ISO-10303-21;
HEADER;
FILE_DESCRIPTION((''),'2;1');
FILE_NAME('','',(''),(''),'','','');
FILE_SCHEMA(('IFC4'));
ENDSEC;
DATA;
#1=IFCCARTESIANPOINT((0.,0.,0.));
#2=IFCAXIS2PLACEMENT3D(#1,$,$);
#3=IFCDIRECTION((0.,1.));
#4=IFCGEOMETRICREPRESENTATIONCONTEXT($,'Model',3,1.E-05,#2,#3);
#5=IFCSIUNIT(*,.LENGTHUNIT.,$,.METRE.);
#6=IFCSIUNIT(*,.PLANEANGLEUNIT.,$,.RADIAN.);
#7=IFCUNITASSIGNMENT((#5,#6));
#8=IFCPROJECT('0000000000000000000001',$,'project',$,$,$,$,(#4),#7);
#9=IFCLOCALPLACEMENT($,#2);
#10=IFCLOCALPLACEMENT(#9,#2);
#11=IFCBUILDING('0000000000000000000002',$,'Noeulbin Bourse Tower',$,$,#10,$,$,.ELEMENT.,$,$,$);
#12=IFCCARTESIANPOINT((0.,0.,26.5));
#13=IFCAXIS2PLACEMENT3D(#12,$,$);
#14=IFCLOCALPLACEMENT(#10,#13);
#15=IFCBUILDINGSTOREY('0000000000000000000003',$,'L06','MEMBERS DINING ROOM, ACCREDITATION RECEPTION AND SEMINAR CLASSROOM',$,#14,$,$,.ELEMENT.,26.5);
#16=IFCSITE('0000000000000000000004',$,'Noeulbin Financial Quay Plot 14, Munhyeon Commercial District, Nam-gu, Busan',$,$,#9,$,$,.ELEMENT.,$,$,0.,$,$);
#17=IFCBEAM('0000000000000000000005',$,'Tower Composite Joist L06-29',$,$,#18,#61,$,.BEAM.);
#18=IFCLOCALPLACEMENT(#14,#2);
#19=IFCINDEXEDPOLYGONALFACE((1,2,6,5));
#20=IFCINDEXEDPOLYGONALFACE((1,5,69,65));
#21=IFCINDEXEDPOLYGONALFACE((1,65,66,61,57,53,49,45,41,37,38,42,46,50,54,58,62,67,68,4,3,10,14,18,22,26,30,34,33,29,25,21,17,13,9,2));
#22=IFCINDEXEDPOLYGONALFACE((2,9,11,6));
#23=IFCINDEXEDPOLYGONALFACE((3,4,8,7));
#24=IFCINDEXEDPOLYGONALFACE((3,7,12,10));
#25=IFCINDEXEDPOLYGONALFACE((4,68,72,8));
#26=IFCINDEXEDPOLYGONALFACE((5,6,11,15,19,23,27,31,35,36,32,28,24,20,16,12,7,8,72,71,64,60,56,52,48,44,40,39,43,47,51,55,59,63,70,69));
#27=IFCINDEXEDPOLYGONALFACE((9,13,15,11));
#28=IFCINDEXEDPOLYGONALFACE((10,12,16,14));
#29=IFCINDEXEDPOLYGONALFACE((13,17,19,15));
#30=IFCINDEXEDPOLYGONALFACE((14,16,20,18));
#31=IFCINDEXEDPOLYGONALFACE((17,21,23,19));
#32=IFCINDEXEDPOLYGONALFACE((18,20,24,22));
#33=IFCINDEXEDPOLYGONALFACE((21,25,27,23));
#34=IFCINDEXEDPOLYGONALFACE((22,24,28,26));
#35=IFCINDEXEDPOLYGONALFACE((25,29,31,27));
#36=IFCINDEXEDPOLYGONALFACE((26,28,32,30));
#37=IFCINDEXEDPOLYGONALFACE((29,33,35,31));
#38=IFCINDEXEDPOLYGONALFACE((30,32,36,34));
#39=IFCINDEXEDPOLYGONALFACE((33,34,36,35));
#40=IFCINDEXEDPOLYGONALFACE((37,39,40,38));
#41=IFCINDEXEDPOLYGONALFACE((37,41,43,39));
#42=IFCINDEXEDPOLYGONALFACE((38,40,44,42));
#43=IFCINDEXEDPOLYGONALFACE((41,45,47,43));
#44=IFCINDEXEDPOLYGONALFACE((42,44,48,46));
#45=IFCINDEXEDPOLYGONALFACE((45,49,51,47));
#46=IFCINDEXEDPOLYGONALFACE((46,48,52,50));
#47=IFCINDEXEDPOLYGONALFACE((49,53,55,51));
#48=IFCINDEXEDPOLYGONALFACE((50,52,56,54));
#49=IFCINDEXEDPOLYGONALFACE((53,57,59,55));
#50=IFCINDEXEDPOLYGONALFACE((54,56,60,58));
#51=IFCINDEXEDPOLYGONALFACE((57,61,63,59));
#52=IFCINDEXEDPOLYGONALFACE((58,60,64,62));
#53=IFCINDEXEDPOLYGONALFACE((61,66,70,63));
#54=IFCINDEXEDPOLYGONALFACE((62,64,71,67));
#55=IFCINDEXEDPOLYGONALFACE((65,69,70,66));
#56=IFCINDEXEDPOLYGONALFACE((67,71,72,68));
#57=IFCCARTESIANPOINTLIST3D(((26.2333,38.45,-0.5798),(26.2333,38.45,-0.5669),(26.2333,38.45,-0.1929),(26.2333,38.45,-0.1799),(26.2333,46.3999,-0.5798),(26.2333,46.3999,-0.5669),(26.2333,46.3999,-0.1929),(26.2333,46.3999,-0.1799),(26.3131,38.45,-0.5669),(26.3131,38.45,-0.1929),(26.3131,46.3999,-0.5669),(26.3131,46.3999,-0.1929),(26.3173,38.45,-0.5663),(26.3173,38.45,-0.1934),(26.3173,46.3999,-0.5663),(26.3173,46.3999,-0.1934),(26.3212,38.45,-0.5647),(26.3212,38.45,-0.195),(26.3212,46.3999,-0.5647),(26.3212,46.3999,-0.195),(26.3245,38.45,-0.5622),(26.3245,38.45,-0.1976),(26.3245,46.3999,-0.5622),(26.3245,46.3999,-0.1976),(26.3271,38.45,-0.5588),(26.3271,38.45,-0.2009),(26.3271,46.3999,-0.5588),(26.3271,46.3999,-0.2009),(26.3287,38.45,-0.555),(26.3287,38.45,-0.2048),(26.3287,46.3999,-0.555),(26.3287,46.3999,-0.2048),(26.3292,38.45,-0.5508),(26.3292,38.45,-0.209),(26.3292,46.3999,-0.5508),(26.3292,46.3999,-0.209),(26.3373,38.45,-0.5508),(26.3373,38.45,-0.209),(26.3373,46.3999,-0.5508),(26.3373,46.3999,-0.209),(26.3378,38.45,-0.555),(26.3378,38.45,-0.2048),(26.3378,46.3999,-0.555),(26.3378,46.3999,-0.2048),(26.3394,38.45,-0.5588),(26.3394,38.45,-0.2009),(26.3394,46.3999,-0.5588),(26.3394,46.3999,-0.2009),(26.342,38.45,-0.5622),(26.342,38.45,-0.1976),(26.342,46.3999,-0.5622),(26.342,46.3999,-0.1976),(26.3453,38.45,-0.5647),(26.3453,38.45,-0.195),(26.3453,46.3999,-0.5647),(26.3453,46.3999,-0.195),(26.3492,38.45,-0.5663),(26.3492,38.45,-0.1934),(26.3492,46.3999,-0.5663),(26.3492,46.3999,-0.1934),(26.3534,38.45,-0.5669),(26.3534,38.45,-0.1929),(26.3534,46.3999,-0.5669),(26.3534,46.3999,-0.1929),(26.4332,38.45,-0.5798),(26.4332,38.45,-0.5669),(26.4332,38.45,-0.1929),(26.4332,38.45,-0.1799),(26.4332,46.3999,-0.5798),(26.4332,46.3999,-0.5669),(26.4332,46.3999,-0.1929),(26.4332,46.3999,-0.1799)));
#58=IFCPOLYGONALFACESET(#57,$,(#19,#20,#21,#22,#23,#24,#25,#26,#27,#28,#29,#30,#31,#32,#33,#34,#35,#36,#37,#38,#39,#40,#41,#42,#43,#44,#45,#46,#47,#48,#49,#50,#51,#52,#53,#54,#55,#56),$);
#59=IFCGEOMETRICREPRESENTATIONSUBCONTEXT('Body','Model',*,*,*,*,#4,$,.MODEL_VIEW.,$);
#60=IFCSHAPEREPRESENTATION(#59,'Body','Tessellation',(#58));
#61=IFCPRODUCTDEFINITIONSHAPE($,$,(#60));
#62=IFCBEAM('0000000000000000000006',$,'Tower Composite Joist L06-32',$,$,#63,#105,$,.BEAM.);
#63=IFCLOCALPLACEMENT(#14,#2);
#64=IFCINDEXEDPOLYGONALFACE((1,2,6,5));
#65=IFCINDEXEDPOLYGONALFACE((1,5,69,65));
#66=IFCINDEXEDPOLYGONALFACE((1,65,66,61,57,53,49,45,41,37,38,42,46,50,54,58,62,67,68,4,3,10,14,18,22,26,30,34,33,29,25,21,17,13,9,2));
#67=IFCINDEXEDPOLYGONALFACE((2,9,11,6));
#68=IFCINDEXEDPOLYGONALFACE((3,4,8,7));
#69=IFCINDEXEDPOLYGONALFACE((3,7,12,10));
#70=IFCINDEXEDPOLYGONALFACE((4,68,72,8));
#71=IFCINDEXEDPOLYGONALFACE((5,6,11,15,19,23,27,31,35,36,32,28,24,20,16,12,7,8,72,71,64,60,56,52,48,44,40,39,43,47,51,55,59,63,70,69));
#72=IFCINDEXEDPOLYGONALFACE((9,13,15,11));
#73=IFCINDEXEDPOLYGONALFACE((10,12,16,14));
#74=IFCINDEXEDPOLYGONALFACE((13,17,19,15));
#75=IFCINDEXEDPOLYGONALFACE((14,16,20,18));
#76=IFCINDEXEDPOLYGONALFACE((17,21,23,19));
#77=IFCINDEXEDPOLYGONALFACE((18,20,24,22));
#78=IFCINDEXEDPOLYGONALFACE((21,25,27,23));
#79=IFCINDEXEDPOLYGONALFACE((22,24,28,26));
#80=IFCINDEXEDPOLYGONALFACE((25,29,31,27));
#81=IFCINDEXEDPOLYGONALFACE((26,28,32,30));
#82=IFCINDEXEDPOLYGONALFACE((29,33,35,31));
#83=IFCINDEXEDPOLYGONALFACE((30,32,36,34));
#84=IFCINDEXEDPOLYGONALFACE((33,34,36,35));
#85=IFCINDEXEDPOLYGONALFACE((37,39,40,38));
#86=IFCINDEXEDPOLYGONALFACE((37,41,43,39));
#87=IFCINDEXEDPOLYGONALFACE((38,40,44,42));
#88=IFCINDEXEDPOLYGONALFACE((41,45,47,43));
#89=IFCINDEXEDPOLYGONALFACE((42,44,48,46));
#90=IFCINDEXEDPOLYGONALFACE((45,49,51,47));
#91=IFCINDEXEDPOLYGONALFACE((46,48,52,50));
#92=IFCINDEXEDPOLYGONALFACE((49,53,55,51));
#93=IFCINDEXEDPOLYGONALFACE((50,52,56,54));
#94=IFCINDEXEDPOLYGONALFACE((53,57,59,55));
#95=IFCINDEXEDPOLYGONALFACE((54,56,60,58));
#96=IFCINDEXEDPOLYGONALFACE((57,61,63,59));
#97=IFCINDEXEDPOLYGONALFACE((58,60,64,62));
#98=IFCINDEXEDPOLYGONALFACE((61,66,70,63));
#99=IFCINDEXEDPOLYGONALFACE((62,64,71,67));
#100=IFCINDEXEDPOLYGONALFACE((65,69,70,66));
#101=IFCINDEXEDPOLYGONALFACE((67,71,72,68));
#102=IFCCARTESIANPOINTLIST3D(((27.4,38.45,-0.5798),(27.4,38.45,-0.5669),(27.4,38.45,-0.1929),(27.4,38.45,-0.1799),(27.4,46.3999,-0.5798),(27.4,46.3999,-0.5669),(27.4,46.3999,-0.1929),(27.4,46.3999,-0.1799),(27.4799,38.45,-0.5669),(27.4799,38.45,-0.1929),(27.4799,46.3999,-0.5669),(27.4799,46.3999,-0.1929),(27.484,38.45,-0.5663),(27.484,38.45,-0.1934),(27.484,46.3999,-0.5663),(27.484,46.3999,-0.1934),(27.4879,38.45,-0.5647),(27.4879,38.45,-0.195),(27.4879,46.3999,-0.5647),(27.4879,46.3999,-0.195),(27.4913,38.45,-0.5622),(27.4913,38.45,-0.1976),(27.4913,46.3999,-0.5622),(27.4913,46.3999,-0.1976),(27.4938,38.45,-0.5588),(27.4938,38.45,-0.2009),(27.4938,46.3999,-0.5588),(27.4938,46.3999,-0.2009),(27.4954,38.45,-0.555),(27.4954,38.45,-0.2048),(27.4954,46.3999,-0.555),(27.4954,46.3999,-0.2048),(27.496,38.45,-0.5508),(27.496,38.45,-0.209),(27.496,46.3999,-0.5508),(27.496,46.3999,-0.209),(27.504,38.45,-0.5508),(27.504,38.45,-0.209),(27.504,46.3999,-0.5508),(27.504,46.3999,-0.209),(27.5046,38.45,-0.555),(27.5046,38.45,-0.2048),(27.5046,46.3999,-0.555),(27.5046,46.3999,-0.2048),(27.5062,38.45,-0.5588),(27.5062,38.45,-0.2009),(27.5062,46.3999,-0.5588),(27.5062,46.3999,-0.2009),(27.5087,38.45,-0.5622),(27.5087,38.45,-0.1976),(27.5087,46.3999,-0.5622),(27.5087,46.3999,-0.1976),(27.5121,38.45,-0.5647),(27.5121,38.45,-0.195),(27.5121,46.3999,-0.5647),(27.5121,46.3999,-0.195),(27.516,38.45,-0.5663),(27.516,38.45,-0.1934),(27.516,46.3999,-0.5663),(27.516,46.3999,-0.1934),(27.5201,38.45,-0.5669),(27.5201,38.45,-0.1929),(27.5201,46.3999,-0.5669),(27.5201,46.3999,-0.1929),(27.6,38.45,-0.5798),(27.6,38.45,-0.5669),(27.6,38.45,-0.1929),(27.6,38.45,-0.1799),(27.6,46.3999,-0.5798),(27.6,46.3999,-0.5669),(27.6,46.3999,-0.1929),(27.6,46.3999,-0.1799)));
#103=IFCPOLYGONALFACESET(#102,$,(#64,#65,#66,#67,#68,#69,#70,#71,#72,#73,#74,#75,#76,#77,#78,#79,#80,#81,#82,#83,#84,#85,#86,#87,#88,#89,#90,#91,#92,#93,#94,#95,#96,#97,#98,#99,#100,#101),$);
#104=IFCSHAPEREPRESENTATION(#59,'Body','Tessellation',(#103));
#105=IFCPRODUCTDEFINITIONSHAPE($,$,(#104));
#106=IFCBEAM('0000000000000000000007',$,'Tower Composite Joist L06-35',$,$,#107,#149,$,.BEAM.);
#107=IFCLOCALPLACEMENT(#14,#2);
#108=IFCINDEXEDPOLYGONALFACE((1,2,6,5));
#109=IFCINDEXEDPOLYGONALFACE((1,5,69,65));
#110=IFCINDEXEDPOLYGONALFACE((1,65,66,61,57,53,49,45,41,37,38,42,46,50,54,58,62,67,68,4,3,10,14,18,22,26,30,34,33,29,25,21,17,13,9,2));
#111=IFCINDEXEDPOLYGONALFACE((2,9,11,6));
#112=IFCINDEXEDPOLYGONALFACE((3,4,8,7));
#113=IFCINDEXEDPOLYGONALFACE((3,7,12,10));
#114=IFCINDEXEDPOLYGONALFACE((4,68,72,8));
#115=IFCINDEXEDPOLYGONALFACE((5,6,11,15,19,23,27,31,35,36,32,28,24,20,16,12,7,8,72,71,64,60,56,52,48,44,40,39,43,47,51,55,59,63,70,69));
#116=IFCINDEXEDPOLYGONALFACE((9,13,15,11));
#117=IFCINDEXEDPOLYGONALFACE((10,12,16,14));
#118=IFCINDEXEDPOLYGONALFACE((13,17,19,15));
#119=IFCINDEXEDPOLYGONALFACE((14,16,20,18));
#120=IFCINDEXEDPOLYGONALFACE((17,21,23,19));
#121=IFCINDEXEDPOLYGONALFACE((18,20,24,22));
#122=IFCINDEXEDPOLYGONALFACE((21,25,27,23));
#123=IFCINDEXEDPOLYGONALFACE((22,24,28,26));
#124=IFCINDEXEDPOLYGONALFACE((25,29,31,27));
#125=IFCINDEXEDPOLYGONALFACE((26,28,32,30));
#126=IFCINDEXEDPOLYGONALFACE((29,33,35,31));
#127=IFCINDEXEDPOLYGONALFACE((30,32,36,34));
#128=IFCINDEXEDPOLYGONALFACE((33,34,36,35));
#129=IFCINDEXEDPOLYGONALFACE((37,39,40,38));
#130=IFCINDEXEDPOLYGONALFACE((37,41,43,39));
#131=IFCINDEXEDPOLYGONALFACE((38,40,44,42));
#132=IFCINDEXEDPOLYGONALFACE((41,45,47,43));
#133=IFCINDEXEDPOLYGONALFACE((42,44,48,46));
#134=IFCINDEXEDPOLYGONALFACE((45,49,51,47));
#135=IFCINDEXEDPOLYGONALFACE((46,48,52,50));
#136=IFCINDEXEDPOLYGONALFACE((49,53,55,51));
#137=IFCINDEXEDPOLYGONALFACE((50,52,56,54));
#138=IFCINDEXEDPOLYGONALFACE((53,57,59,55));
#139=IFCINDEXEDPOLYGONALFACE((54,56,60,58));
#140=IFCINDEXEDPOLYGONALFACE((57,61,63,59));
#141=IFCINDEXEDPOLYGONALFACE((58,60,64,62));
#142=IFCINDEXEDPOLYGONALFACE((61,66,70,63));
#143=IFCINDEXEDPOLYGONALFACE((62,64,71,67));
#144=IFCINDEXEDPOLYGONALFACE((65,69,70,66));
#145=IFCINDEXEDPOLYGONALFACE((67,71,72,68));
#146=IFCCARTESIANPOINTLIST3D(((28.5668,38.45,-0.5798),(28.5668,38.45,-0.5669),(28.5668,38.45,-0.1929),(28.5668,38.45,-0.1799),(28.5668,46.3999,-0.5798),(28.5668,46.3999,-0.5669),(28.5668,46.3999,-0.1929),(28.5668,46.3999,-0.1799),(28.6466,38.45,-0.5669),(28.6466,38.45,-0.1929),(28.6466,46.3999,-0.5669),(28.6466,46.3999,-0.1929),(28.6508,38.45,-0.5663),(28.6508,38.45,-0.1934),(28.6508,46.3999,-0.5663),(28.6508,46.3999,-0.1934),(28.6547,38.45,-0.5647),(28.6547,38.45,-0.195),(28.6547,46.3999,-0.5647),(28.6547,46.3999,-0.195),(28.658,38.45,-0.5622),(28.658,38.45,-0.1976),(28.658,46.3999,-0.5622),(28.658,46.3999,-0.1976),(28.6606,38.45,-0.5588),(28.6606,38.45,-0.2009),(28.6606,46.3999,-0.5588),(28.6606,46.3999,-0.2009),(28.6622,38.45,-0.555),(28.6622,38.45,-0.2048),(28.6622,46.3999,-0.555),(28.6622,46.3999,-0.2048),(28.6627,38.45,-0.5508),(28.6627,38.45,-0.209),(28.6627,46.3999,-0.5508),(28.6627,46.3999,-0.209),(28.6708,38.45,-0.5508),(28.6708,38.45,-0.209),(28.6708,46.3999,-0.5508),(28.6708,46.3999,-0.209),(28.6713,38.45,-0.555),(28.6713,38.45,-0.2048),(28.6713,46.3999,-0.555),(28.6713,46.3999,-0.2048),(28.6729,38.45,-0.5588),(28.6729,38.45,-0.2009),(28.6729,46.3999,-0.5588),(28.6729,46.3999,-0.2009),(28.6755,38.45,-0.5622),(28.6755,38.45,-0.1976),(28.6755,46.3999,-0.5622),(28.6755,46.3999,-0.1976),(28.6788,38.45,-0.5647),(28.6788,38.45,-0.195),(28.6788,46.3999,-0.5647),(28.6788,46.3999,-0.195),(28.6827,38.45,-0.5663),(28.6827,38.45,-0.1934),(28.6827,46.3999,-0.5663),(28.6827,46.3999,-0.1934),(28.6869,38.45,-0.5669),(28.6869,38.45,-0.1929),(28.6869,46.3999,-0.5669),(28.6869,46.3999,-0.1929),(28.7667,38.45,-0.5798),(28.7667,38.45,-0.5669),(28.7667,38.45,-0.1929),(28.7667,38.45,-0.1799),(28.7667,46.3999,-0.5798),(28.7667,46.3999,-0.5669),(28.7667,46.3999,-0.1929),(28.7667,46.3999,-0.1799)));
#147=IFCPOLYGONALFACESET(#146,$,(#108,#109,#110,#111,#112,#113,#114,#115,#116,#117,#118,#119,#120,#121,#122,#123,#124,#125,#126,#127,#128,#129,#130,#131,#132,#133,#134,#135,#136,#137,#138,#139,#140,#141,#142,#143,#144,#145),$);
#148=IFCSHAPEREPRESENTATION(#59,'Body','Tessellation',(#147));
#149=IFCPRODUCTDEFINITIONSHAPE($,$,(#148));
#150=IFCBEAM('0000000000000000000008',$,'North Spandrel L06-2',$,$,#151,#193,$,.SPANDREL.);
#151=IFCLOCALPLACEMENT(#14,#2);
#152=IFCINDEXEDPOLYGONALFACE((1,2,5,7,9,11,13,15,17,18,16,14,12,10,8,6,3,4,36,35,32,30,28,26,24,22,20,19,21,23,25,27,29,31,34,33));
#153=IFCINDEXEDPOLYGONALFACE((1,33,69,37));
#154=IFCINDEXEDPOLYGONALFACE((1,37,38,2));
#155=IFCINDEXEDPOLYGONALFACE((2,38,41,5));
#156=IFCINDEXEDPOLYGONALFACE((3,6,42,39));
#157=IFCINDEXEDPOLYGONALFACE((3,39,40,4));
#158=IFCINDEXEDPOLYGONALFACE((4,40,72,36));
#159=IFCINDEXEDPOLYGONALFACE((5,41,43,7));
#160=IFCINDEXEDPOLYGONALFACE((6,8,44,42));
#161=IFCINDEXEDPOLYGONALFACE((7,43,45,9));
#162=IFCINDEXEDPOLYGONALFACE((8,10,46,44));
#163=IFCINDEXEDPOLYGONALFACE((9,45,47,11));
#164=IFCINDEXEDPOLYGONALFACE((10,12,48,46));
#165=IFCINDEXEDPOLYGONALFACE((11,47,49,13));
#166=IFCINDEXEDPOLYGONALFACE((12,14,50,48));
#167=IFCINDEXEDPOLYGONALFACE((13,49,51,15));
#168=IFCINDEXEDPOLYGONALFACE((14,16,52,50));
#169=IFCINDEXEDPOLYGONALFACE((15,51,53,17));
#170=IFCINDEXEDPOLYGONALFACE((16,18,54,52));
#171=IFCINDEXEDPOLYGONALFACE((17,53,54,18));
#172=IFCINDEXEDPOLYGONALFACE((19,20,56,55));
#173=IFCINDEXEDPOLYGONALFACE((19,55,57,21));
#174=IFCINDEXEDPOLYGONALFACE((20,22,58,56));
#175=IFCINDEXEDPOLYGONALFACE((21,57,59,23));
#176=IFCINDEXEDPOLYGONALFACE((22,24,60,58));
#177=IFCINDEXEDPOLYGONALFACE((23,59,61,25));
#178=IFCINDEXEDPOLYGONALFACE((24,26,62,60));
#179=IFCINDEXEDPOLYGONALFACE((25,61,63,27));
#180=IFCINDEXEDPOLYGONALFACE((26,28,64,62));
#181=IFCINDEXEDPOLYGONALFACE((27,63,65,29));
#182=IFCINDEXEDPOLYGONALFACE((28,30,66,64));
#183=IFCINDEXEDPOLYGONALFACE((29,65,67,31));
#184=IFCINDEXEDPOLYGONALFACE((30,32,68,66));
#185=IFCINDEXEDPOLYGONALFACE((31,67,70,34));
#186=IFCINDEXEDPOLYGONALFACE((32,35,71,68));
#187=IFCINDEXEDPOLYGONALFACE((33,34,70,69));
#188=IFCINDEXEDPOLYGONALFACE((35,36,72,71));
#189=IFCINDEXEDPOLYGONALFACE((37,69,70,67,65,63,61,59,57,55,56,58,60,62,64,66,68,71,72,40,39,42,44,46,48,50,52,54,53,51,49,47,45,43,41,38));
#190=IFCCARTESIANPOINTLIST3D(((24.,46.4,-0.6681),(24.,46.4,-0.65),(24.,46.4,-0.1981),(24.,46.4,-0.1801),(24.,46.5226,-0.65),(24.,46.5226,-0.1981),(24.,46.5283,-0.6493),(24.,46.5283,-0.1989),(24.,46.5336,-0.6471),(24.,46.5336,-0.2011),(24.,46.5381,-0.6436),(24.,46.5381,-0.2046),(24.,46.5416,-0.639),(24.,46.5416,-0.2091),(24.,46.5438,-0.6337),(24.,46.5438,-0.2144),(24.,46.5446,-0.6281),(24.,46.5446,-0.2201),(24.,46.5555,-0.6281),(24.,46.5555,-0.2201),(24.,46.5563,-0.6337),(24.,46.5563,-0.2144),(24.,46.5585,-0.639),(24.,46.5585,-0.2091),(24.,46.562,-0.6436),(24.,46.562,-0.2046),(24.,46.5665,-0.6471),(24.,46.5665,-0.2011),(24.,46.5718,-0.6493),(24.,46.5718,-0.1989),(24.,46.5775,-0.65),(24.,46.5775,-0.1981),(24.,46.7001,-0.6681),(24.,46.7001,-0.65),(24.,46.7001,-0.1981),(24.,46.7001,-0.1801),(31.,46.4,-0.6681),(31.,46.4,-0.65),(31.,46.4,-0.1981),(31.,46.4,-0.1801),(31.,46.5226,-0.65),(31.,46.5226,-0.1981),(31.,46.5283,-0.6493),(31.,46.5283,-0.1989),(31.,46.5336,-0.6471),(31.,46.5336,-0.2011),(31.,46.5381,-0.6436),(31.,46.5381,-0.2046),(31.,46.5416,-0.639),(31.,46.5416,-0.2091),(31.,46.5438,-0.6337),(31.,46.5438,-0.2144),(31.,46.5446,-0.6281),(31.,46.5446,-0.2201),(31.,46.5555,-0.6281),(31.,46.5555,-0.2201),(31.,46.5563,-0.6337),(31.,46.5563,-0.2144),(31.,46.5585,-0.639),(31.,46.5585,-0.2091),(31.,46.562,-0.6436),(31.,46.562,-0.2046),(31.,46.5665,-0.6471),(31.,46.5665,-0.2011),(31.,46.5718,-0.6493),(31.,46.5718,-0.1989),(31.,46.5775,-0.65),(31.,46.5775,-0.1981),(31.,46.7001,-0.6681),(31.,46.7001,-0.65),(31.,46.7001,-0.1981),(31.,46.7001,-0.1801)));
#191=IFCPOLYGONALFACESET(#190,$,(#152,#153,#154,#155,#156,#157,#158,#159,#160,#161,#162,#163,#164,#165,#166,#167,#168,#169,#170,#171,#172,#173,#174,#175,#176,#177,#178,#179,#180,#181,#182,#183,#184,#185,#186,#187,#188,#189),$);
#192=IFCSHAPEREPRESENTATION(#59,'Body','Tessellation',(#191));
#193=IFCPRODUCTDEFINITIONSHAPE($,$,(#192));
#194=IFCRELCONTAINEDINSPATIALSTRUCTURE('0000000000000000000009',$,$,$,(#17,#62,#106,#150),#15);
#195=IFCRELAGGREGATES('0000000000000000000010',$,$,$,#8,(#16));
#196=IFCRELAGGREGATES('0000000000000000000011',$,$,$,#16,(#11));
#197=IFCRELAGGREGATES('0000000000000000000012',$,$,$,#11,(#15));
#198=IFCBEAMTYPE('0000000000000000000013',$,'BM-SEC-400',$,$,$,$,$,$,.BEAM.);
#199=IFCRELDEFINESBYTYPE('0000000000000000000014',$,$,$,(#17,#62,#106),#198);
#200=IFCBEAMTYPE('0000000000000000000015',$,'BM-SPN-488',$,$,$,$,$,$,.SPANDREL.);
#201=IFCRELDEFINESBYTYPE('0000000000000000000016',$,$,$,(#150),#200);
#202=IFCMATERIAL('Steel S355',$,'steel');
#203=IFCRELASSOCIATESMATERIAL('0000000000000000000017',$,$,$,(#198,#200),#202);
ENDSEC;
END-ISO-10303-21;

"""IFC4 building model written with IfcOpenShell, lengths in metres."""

from ifc_helpers import new_model, si_unit, direction, frame, origin, origin_2d, place, context, subcontext, project, spatial, i_section, extrude, material, material_profile, profile_set, type_object, element, save


model = new_model("IFC4")

# Units and contexts
model_context = context("Model", 3, precision=1e-05, world=origin(), true_north=direction((0.0, 1.0)))
body_context = subcontext(model_context, "Body", "Model", "MODEL_VIEW")
ifc_project = project(units=[si_unit("LENGTHUNIT", "METRE"), si_unit("PLANEANGLEUNIT", "RADIAN")], contexts=[model_context])

# Site, building, storey
site_placement = place(None, origin())
site = spatial("IfcSite", under=ifc_project, at=site_placement, Name="Noeulbin Financial Quay Plot 14, Munhyeon Commercial District, Nam-gu, Busan", CompositionType="ELEMENT", RefElevation=0.0)
building_placement = place(site_placement, origin())
building = spatial("IfcBuilding", under=site, at=building_placement, Name="Noeulbin Bourse Tower", CompositionType="ELEMENT")
storey_placement = place(building_placement, frame((0.0, 0.0, 26.5)))
storey = spatial("IfcBuildingStorey", under=building, at=storey_placement, Name="L06", Description="MEMBERS DINING ROOM, ACCREDITATION RECEPTION AND SEMINAR CLASSROOM", CompositionType="ELEMENT", Elevation=26.5)

# Beams
ifc_material_1 = material(Name="Steel S355", Category="steel")
ifc_material_profile_1 = material_profile(ifc_material_1, i_section(OverallWidth=0.2, OverallDepth=0.3999, WebThickness=0.0081, FlangeThickness=0.0129, FilletRadius=0.0161, at=origin_2d()), Name="H-400x200x8x13", Category="LoadBearing")
ifc_profile_set_1 = profile_set([ifc_material_profile_1], Name="Steel S355")
beam_type_1 = type_object("IfcBeamType", Name="BM-SEC-400", PredefinedType="BEAM", material=ifc_profile_set_1)
for number, where, z_axis, x_axis, name in (
    (1, (26.3333, 38.45, -0.3799), (0.0, 1.0, 0.0), (-1.0, 0.0, 0.0), "Tower Composite Joist L06-29"),
    (2, (27.5, 38.45, -0.3799), (0.0, 1.0, 0.0), (-1.0, 0.0, 0.0), "Tower Composite Joist L06-32"),
    (3, (28.6667, 38.45, -0.3799), (0.0, 1.0, 0.0), (-1.0, 0.0, 0.0), "Tower Composite Joist L06-35"),
):
    element("IfcBeam", number, at=place(storey_placement, frame(where, z_axis=z_axis, x_axis=x_axis)), inside=storey, type_object=beam_type_1, Name=name, PredefinedType="BEAM", context=body_context, shape_type="SweptSolid", body=[
        extrude(i_section(OverallWidth=0.2, OverallDepth=0.3999, WebThickness=0.0081, FlangeThickness=0.0129, FilletRadius=0.0161, at=origin_2d()), origin(), (0.0, 0.0, 1.0), 7.95),
    ])
ifc_material_profile_2 = material_profile(ifc_material_1, i_section(OverallWidth=0.3, OverallDepth=0.488, WebThickness=0.011, FlangeThickness=0.0181, FilletRadius=0.022, at=origin_2d()), Name="H-488x300x11x18", Category="LoadBearing")
ifc_profile_set_2 = profile_set([ifc_material_profile_2], Name="Steel S355")
beam_type_2 = type_object("IfcBeamType", Name="BM-SPN-488", PredefinedType="SPANDREL", material=ifc_profile_set_2)
beam_1_placement = place(storey_placement, frame((24.0, 46.55, -0.4241), z_axis=(1.0, 0.0, 0.0), x_axis=(0.0, 1.0, 0.0)))
element("IfcBeam", 4, at=beam_1_placement, inside=storey, type_object=beam_type_2, Name="North Spandrel L06-2", PredefinedType="SPANDREL", context=body_context, shape_type="SweptSolid", body=[
    extrude(i_section(OverallWidth=0.3, OverallDepth=0.488, WebThickness=0.011, FlangeThickness=0.0181, FilletRadius=0.022, at=origin_2d()), origin(), (0.0, 0.0, 1.0), 7.0),
])

save(model, "model.ifc")
